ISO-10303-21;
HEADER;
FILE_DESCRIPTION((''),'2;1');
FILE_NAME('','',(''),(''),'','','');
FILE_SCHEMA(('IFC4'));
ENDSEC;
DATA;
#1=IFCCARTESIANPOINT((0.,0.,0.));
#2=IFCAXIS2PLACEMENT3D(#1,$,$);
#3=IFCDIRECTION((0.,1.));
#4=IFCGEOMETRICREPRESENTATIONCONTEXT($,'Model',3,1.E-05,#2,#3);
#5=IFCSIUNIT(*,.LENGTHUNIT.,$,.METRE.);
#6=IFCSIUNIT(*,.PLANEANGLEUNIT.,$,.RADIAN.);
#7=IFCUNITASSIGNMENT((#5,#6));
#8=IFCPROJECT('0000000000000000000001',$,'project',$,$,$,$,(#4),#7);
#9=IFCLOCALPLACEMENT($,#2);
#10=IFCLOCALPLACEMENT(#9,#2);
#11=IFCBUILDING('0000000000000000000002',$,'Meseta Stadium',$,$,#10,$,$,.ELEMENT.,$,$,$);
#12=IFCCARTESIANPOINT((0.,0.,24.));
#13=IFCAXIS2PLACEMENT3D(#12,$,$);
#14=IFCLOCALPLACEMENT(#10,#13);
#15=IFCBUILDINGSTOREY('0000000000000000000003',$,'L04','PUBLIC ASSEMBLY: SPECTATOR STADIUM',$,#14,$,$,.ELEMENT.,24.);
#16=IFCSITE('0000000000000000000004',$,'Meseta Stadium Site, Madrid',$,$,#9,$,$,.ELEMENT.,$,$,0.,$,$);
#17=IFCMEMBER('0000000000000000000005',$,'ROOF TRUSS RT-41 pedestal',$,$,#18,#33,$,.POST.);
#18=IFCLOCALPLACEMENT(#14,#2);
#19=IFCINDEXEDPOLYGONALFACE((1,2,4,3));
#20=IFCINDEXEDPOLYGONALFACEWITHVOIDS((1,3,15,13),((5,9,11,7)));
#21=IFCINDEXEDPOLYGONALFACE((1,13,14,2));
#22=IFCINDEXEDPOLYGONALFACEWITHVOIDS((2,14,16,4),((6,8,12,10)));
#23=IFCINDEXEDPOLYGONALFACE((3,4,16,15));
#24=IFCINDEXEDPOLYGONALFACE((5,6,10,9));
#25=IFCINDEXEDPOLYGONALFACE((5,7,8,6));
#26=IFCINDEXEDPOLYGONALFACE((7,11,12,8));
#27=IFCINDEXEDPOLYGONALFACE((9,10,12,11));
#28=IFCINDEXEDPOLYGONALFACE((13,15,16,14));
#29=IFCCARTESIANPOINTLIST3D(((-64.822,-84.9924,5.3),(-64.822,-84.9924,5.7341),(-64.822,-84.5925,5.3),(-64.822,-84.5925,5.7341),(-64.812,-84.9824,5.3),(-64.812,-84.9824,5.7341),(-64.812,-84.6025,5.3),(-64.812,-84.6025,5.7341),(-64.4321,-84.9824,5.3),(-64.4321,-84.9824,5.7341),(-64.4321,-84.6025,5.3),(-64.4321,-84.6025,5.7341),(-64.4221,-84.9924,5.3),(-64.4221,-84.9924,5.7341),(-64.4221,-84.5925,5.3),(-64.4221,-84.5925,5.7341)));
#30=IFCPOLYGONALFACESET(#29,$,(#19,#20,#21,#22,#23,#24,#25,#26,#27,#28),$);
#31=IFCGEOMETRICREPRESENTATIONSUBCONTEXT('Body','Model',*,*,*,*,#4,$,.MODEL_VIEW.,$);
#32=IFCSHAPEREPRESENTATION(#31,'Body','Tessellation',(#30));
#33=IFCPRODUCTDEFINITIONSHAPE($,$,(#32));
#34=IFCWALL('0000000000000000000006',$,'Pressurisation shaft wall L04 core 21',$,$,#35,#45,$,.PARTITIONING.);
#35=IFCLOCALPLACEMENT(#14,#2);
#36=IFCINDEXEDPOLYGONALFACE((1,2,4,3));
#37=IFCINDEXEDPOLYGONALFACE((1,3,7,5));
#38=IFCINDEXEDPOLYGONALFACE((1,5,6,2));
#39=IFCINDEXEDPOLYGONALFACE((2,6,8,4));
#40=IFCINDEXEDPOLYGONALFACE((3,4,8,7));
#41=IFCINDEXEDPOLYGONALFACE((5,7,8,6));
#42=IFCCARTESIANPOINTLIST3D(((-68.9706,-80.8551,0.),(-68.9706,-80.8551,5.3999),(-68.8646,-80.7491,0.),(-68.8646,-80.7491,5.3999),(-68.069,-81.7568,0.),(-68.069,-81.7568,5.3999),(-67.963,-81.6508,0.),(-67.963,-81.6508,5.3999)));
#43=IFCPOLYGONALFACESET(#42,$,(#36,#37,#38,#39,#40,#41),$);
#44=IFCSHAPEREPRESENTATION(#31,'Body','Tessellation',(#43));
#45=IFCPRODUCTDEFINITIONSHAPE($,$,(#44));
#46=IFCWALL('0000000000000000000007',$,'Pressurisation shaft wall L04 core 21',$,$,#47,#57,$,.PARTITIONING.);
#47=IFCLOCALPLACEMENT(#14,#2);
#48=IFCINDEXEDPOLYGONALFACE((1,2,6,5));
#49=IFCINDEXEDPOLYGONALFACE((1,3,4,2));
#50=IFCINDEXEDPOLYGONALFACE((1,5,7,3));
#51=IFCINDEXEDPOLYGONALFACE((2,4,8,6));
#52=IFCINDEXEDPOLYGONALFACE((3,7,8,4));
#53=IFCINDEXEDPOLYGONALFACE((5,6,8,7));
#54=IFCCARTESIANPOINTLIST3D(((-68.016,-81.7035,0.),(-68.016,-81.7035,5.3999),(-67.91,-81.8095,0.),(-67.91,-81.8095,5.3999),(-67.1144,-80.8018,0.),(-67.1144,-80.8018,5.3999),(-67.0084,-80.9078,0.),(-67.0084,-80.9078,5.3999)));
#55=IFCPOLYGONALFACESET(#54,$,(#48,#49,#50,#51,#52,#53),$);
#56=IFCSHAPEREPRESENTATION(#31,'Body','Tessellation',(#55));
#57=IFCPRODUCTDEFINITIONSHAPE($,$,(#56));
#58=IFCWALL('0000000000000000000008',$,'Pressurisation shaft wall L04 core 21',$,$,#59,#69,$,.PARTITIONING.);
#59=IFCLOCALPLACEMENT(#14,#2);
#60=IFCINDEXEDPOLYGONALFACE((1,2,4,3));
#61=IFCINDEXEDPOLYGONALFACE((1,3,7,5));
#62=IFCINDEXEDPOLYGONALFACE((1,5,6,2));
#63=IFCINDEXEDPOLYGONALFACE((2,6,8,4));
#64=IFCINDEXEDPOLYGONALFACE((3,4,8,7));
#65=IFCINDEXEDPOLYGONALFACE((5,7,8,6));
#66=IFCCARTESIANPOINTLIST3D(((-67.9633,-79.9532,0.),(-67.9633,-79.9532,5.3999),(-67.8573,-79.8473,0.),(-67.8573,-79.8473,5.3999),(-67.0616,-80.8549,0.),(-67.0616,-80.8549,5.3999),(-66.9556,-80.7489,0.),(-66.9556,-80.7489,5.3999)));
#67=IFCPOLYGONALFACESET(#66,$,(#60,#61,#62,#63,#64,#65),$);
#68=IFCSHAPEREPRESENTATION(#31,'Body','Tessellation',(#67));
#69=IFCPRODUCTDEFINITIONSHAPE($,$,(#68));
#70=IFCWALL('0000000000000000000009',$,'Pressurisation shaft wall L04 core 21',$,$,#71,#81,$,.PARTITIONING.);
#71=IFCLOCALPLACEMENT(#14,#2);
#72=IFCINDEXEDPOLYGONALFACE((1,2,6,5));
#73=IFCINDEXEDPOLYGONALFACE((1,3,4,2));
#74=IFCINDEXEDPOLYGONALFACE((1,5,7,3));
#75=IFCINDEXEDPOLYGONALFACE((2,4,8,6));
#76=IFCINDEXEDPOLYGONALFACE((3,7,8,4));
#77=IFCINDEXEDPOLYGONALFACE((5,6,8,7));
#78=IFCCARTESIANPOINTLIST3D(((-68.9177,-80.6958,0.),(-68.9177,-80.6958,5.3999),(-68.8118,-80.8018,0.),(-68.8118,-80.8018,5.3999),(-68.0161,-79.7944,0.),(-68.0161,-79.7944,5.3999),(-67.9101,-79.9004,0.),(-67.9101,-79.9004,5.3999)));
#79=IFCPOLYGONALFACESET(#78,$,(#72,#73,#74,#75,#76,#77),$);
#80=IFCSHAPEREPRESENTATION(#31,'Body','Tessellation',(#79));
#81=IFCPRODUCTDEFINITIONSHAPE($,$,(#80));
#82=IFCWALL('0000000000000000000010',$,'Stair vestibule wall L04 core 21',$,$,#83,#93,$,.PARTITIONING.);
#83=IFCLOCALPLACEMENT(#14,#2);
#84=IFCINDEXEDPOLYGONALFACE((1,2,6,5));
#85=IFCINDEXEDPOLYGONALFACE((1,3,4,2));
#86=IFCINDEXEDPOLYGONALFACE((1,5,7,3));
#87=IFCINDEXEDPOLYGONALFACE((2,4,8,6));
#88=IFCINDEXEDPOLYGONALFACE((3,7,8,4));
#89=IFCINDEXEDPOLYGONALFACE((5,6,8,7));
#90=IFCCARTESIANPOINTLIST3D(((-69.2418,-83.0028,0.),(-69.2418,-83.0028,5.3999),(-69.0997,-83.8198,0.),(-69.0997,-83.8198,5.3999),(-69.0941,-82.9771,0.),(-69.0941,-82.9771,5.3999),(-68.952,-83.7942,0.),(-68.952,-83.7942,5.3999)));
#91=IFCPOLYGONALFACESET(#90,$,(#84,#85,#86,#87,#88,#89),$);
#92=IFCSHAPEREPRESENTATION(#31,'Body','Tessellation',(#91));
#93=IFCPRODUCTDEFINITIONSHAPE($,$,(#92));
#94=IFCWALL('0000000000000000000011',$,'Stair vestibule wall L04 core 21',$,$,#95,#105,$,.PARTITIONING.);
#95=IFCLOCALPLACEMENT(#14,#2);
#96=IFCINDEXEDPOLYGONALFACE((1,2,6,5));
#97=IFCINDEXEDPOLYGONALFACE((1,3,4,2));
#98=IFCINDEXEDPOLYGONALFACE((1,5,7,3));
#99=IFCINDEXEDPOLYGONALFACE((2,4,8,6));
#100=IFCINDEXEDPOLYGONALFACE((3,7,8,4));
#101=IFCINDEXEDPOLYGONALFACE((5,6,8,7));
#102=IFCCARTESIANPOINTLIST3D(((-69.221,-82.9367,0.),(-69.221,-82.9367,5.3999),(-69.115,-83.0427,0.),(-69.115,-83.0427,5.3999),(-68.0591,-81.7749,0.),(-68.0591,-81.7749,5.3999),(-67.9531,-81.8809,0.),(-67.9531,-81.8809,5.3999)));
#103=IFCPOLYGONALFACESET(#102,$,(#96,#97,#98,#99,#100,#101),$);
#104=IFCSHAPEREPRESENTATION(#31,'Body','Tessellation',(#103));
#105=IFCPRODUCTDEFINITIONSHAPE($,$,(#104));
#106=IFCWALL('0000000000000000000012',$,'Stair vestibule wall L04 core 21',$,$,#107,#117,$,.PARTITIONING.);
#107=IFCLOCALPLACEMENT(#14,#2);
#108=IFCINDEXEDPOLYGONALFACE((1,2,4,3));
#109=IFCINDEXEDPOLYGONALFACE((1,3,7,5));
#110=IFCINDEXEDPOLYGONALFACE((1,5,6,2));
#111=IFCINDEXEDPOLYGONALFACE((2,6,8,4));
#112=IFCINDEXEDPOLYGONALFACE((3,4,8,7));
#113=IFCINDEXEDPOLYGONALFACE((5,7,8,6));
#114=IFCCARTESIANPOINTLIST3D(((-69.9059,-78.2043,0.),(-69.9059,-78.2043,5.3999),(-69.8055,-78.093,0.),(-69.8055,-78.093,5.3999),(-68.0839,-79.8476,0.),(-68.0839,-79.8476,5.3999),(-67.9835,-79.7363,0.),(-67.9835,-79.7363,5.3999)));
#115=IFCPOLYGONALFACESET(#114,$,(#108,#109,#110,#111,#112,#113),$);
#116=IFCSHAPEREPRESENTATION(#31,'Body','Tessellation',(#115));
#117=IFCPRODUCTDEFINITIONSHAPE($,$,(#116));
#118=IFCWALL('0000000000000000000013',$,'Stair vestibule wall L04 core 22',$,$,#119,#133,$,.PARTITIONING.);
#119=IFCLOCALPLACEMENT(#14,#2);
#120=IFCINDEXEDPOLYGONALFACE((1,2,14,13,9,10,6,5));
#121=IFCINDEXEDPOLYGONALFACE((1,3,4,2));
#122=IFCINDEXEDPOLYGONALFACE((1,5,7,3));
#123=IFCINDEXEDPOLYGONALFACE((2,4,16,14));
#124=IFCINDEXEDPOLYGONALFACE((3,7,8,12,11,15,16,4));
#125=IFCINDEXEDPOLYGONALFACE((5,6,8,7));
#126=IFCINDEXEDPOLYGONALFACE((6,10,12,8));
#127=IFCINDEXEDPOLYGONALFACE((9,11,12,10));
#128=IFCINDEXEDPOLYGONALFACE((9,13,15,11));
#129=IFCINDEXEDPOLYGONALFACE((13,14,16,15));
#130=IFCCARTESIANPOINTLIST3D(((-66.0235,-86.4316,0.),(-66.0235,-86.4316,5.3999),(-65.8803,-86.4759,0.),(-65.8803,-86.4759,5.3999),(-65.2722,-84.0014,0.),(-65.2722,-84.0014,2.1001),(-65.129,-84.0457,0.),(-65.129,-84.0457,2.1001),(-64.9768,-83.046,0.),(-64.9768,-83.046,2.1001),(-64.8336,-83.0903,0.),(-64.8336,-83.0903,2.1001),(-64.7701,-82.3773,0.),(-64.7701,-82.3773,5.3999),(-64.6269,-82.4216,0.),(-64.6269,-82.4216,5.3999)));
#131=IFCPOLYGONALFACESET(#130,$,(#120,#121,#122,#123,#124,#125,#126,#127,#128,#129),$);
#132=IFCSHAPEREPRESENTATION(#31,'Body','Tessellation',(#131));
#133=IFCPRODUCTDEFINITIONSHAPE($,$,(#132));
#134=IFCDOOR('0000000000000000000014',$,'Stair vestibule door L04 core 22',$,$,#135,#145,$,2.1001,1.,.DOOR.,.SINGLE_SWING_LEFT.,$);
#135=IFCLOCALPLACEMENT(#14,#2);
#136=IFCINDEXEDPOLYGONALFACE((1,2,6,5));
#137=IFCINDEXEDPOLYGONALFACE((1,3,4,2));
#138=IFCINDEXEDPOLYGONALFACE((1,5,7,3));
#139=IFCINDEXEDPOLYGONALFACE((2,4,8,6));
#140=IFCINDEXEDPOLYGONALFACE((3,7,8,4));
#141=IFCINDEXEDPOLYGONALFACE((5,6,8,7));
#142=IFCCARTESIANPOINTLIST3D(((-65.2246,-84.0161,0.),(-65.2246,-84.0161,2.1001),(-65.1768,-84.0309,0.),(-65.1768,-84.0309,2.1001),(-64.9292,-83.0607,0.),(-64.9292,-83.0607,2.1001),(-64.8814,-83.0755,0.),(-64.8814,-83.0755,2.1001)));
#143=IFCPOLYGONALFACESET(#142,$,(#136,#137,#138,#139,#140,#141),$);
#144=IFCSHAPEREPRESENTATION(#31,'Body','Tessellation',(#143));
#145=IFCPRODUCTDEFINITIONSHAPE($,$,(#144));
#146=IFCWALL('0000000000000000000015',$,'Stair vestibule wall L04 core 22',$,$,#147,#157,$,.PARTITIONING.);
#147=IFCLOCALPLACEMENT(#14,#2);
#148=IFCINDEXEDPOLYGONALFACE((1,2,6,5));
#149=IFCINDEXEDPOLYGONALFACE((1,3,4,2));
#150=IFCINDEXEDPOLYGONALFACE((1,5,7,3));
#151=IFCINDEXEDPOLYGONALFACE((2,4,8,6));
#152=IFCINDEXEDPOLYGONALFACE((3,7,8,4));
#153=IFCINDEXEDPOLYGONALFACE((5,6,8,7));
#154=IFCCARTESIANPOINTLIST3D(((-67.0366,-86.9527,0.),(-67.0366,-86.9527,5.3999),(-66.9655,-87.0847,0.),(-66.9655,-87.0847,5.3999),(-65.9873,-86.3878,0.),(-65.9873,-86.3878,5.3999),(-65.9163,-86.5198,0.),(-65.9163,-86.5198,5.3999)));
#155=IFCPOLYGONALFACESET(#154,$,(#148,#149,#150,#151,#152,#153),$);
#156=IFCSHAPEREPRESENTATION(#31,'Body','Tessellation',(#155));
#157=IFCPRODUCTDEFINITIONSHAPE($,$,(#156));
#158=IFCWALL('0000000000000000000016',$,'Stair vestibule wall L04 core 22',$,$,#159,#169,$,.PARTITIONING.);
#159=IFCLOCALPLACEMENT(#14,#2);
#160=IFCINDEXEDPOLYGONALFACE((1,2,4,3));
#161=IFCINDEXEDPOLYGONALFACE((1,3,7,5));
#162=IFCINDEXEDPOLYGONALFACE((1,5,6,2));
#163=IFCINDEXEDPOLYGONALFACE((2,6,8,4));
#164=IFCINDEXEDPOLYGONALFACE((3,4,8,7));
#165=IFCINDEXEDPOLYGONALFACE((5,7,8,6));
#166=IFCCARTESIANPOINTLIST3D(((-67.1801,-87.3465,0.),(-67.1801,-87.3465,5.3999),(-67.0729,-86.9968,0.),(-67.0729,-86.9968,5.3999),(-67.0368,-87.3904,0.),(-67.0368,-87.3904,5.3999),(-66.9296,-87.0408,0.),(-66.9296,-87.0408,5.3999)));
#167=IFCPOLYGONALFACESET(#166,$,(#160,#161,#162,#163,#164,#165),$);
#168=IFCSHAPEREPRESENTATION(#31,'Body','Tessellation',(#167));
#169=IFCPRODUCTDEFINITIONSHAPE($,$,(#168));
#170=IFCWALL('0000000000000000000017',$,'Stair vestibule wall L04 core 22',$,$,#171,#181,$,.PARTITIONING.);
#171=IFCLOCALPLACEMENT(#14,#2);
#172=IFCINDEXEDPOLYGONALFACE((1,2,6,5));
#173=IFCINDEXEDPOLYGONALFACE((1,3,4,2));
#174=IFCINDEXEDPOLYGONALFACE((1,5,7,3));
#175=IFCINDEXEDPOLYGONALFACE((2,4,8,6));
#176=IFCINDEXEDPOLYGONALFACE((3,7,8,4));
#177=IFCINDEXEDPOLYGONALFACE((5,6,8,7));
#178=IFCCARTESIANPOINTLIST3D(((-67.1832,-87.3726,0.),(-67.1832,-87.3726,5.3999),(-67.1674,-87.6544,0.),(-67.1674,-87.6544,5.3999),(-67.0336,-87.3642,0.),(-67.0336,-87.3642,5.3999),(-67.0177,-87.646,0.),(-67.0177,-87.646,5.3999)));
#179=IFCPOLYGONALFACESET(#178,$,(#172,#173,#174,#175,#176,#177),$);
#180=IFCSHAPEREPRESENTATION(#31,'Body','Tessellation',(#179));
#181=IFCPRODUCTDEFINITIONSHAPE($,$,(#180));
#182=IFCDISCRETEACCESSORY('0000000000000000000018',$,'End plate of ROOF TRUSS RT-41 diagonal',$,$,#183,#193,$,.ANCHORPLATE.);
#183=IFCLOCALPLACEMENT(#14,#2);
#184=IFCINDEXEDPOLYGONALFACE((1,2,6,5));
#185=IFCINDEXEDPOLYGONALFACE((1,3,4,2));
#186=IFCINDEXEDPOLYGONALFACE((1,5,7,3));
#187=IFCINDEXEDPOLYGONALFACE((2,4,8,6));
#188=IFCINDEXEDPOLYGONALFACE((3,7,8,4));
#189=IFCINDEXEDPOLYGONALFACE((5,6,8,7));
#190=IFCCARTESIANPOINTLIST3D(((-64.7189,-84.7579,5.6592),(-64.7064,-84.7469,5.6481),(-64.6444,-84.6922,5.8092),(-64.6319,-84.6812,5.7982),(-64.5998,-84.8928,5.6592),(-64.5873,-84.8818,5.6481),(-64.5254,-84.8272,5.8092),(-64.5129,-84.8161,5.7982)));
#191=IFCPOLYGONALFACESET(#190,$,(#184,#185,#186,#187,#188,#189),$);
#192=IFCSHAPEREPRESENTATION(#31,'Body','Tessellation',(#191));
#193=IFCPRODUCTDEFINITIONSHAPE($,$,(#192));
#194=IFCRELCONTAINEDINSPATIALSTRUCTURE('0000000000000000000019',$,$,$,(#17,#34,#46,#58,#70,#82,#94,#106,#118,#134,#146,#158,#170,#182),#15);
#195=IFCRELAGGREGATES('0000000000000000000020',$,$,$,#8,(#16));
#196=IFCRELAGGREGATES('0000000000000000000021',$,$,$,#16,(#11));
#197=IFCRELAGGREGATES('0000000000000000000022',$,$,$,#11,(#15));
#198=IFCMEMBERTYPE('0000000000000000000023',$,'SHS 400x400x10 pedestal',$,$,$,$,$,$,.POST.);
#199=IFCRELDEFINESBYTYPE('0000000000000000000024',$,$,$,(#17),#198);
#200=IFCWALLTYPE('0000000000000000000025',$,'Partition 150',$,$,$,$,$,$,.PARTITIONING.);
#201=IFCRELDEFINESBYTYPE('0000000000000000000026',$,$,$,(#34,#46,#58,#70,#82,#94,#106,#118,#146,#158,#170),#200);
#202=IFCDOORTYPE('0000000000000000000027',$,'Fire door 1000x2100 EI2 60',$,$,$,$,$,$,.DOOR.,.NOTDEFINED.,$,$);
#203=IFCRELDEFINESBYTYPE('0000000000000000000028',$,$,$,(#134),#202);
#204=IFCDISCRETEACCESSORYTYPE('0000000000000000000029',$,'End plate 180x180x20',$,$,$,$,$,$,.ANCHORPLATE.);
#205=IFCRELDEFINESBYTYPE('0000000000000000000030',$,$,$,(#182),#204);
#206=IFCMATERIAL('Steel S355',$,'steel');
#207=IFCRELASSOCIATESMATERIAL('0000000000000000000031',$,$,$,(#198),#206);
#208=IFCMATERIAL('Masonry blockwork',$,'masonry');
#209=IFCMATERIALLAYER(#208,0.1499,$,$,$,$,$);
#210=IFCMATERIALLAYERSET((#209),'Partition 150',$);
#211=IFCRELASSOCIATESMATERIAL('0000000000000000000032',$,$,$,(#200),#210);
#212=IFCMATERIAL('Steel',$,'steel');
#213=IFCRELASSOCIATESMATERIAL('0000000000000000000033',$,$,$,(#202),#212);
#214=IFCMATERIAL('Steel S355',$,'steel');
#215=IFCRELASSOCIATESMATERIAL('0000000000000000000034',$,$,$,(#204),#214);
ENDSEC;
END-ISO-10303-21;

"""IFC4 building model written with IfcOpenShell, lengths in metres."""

from ifc_helpers import new_model, si_unit, direction, frame, frame_2d, origin, origin_2d, place, context, subcontext, project, spatial, rectangle, hollow_rectangle, extrude, material, layer, layer_set, material_profile, profile_set, type_object, element, fill, save


model = new_model("IFC4")

# Units and contexts
model_context = context("Model", 3, precision=1e-05, world=origin(), true_north=direction((0.0, 1.0)))
body_context = subcontext(model_context, "Body", "Model", "MODEL_VIEW")
ifc_project = project(units=[si_unit("LENGTHUNIT", "METRE"), si_unit("PLANEANGLEUNIT", "RADIAN")], contexts=[model_context])

# Site, building, storey
site_placement = place(None, origin())
site = spatial("IfcSite", under=ifc_project, at=site_placement, Name="Meseta Stadium Site, Madrid", CompositionType="ELEMENT", RefElevation=0.0)
building_placement = place(site_placement, origin())
building = spatial("IfcBuilding", under=site, at=building_placement, Name="Meseta Stadium", CompositionType="ELEMENT")
storey_placement = place(building_placement, frame((0.0, 0.0, 24.0)))
storey = spatial("IfcBuildingStorey", under=building, at=storey_placement, Name="L04", Description="PUBLIC ASSEMBLY: SPECTATOR STADIUM", CompositionType="ELEMENT", Elevation=24.0)

# Member
ifc_material_1 = material(Name="Steel S355", Category="steel")
ifc_material_profile_1 = material_profile(ifc_material_1, hollow_rectangle(XDim=0.3999, YDim=0.3999, WallThickness=0.01, at=origin_2d()), Name="SHS 400x400x10")
ifc_profile_set_1 = profile_set([ifc_material_profile_1], Name="Steel S355")
member_type_1 = type_object("IfcMemberType", Name="SHS 400x400x10 pedestal", PredefinedType="POST", material=ifc_profile_set_1)
member_1_placement = place(storey_placement, frame((-64.6221, -84.7925, 5.3), z_axis=(0.0, 0.0, 1.0), x_axis=(1.0, 0.0, 0.0)))
element("IfcMember", 1, at=member_1_placement, inside=storey, type_object=member_type_1, Name="ROOF TRUSS RT-41 pedestal", PredefinedType="POST", context=body_context, shape_type="SweptSolid", body=[
    extrude(hollow_rectangle(XDim=0.3999, YDim=0.3999, WallThickness=0.01, at=origin_2d()), origin(), (0.0, 0.0, 1.0), 0.4341),
])

# Walls
ifc_material_2 = material(Name="Masonry blockwork", Category="masonry")
ifc_layer = layer(ifc_material_2, 0.1499)
ifc_layer_set = layer_set([ifc_layer], Name="Partition 150")
wall_type = type_object("IfcWallType", Name="Partition 150", PredefinedType="PARTITIONING", material=ifc_layer_set)
for number, where, z_axis, x_axis, name in (
    (2, (-68.9177, -80.802, 0.0), (0.0, 0.0, 1.0), (0.707107, -0.707107, 0.0), "Pressurisation shaft wall L04 core 21"),
    (3, (-67.9631, -81.7566, 0.0), (0.0, 0.0, 1.0), (0.707107, 0.707107, 0.0), "Pressurisation shaft wall L04 core 21"),
    (4, (-67.0085, -80.802, 0.0), (0.0, 0.0, 1.0), (-0.707107, 0.707107, 0.0), "Pressurisation shaft wall L04 core 21"),
):
    element("IfcWall", number, at=place(storey_placement, frame(where, z_axis=z_axis, x_axis=x_axis)), inside=storey, type_object=wall_type, Name=name, PredefinedType="PARTITIONING", context=body_context, shape_type="SweptSolid", body=[
        extrude(rectangle(XDim=1.2751, YDim=0.1499, at=frame_2d((0.6377, 0.0))), origin(), (0.0, 0.0, 1.0), 5.3999),
    ])
wall_1_placement = place(storey_placement, frame((-67.9631, -79.8474, 0.0), z_axis=(0.0, 0.0, 1.0), x_axis=(-0.707203, -0.707011, 0.0)))
element("IfcWall", 5, at=wall_1_placement, inside=storey, type_object=wall_type, Name="Pressurisation shaft wall L04 core 21", PredefinedType="PARTITIONING", context=body_context, shape_type="SweptSolid", body=[
    extrude(rectangle(XDim=1.2749, YDim=0.1499, at=frame_2d((0.6375, 0.0))), origin(), (0.0, 0.0, 1.0), 5.3999),
])
wall_2_placement = place(storey_placement, frame((-69.0259, -83.8069, 0.0), z_axis=(0.0, 0.0, 1.0), x_axis=(-0.171316, 0.985216, 0.0)))
element("IfcWall", 6, at=wall_2_placement, inside=storey, type_object=wall_type, Name="Stair vestibule wall L04 core 21", PredefinedType="PARTITIONING", context=body_context, shape_type="SweptSolid", body=[
    extrude(rectangle(XDim=0.8293, YDim=0.1499, at=frame_2d((0.4146, 0.0))), origin(), (0.0, 0.0, 1.0), 5.3999),
])
wall_3_placement = place(storey_placement, frame((-69.168, -82.9897, 0.0), z_axis=(0.0, 0.0, 1.0), x_axis=(0.707107, 0.707107, 0.0)))
element("IfcWall", 7, at=wall_3_placement, inside=storey, type_object=wall_type, Name="Stair vestibule wall L04 core 21", PredefinedType="PARTITIONING", context=body_context, shape_type="SweptSolid", body=[
    extrude(rectangle(XDim=1.6431, YDim=0.1499, at=frame_2d((0.8215, 0.0))), origin(), (0.0, 0.0, 1.0), 5.3999),
])
wall_4_placement = place(storey_placement, frame((-68.0337, -79.792, 0.0), z_axis=(0.0, 0.0, 1.0), x_axis=(-0.742586, 0.66975, 0.0)))
element("IfcWall", 8, at=wall_4_placement, inside=storey, type_object=wall_type, Name="Stair vestibule wall L04 core 21", PredefinedType="PARTITIONING", context=body_context, shape_type="SweptSolid", body=[
    extrude(rectangle(XDim=2.4536, YDim=0.1499, at=frame_2d((1.2268, 0.0))), origin(), (0.0, 0.0, 1.0), 5.3999),
])

# Wall, opening, door
wall_5_placement = place(storey_placement, frame((-64.6985, -82.3994, 0.0), z_axis=(0.0, 0.0, 1.0), x_axis=(-0.295355, -0.955388, 0.0)))
wall_5 = element("IfcWall", 9, at=wall_5_placement, inside=storey, type_object=wall_type, Name="Stair vestibule wall L04 core 22", PredefinedType="PARTITIONING", context=body_context, shape_type="SweptSolid", body=[
    extrude(rectangle(XDim=4.2437, YDim=0.1499, at=frame_2d((2.1218, 0.0))), origin(), (0.0, 0.0, 1.0), 5.3999),
])
opening_placement = place(wall_5_placement, frame((0.7, 0.0, 0.0)))
opening = element("IfcOpeningElement", 10, at=opening_placement, cuts=wall_5, PredefinedType="OPENING", context=body_context, shape_type="SweptSolid", body=[
    extrude(rectangle(XDim=1.0, YDim=2.1001, at=frame_2d((0.5, 1.05))), frame((0.0, 0.085, 0.0), z_axis=(0.0, -1.0, 0.0), x_axis=(1.0, 0.0, 0.0)), (0.0, 0.0, 1.0), 0.1699),
])
ifc_material_3 = material(Name="Steel", Category="steel")
door_type = type_object("IfcDoorType", Name="Fire door 1000x2100 EI2 60", OperationType="NOTDEFINED", PredefinedType="DOOR", material=ifc_material_3)
door_placement = place(opening_placement, origin())
door = element("IfcDoor", 11, at=door_placement, inside=storey, type_object=door_type, Name="Stair vestibule door L04 core 22", OperationType="SINGLE_SWING_LEFT", OverallHeight=2.1001, OverallWidth=1.0, PredefinedType="DOOR", context=body_context, shape_type="SweptSolid", body=[
    extrude(rectangle(XDim=1.0, YDim=2.1001, at=frame_2d((0.5, 1.05))), frame((0.0, 0.0249, 0.0), z_axis=(0.0, -1.0, 0.0), x_axis=(1.0, 0.0, 0.0)), (0.0, 0.0, 1.0), 0.05),
])
fill(opening, door)

# Walls
wall_6_placement = place(storey_placement, frame((-65.9519, -86.4539, 0.0), z_axis=(0.0, 0.0, 1.0), x_axis=(-0.880497, -0.474051, 0.0)))
element("IfcWall", 12, at=wall_6_placement, inside=storey, type_object=wall_type, Name="Stair vestibule wall L04 core 22", PredefinedType="PARTITIONING", context=body_context, shape_type="SweptSolid", body=[
    extrude(rectangle(XDim=1.1917, YDim=0.1499, at=frame_2d((0.5957, 0.0))), origin(), (0.0, 0.0, 1.0), 5.3999),
])
wall_7_placement = place(storey_placement, frame((-67.0012, -87.0188, 0.0), z_axis=(0.0, 0.0, 1.0), x_axis=(-0.2931, -0.956082, 0.0)))
element("IfcWall", 13, at=wall_7_placement, inside=storey, type_object=wall_type, Name="Stair vestibule wall L04 core 22", PredefinedType="PARTITIONING", context=body_context, shape_type="SweptSolid", body=[
    extrude(rectangle(XDim=0.3657, YDim=0.1499, at=frame_2d((0.1829, 0.0))), origin(), (0.0, 0.0, 1.0), 5.3999),
])
wall_8_placement = place(storey_placement, frame((-67.1084, -87.3684, 0.0), z_axis=(0.0, 0.0, 1.0), x_axis=(0.056237, -0.998417, 0.0)))
element("IfcWall", 14, at=wall_8_placement, inside=storey, type_object=wall_type, Name="Stair vestibule wall L04 core 22", PredefinedType="PARTITIONING", context=body_context, shape_type="SweptSolid", body=[
    extrude(rectangle(XDim=0.2822, YDim=0.1499, at=frame_2d((0.1411, 0.0))), origin(), (0.0, 0.0, 1.0), 5.3999),
])

# Discrete accessory
ifc_material_4 = material(Name="Steel S355", Category="steel")
ifc_material_profile_2 = material_profile(ifc_material_4, rectangle(XDim=0.1799, YDim=0.1799, at=origin_2d()), Name="PL 180x180")
ifc_profile_set_2 = profile_set([ifc_material_profile_2], Name="Steel S355")
discrete_accessory_type_1 = type_object("IfcDiscreteAccessoryType", Name="End plate 180x180x20", PredefinedType="ANCHORPLATE", material=ifc_profile_set_2)
discrete_accessory_placement = place(storey_placement, frame((-64.6096, -84.7815, 5.7231), z_axis=(-0.625355, -0.551784, 0.551784), x_axis=(0.661622, -0.749838, 0.0)))
element("IfcDiscreteAccessory", 15, at=discrete_accessory_placement, inside=storey, type_object=discrete_accessory_type_1, Name="End plate of ROOF TRUSS RT-41 diagonal", PredefinedType="ANCHORPLATE", context=body_context, shape_type="SweptSolid", body=[
    extrude(rectangle(XDim=0.1799, YDim=0.1799, at=origin_2d()), origin(), (0.0, 0.0, 1.0), 0.02),
])

save(model, "model.ifc")
